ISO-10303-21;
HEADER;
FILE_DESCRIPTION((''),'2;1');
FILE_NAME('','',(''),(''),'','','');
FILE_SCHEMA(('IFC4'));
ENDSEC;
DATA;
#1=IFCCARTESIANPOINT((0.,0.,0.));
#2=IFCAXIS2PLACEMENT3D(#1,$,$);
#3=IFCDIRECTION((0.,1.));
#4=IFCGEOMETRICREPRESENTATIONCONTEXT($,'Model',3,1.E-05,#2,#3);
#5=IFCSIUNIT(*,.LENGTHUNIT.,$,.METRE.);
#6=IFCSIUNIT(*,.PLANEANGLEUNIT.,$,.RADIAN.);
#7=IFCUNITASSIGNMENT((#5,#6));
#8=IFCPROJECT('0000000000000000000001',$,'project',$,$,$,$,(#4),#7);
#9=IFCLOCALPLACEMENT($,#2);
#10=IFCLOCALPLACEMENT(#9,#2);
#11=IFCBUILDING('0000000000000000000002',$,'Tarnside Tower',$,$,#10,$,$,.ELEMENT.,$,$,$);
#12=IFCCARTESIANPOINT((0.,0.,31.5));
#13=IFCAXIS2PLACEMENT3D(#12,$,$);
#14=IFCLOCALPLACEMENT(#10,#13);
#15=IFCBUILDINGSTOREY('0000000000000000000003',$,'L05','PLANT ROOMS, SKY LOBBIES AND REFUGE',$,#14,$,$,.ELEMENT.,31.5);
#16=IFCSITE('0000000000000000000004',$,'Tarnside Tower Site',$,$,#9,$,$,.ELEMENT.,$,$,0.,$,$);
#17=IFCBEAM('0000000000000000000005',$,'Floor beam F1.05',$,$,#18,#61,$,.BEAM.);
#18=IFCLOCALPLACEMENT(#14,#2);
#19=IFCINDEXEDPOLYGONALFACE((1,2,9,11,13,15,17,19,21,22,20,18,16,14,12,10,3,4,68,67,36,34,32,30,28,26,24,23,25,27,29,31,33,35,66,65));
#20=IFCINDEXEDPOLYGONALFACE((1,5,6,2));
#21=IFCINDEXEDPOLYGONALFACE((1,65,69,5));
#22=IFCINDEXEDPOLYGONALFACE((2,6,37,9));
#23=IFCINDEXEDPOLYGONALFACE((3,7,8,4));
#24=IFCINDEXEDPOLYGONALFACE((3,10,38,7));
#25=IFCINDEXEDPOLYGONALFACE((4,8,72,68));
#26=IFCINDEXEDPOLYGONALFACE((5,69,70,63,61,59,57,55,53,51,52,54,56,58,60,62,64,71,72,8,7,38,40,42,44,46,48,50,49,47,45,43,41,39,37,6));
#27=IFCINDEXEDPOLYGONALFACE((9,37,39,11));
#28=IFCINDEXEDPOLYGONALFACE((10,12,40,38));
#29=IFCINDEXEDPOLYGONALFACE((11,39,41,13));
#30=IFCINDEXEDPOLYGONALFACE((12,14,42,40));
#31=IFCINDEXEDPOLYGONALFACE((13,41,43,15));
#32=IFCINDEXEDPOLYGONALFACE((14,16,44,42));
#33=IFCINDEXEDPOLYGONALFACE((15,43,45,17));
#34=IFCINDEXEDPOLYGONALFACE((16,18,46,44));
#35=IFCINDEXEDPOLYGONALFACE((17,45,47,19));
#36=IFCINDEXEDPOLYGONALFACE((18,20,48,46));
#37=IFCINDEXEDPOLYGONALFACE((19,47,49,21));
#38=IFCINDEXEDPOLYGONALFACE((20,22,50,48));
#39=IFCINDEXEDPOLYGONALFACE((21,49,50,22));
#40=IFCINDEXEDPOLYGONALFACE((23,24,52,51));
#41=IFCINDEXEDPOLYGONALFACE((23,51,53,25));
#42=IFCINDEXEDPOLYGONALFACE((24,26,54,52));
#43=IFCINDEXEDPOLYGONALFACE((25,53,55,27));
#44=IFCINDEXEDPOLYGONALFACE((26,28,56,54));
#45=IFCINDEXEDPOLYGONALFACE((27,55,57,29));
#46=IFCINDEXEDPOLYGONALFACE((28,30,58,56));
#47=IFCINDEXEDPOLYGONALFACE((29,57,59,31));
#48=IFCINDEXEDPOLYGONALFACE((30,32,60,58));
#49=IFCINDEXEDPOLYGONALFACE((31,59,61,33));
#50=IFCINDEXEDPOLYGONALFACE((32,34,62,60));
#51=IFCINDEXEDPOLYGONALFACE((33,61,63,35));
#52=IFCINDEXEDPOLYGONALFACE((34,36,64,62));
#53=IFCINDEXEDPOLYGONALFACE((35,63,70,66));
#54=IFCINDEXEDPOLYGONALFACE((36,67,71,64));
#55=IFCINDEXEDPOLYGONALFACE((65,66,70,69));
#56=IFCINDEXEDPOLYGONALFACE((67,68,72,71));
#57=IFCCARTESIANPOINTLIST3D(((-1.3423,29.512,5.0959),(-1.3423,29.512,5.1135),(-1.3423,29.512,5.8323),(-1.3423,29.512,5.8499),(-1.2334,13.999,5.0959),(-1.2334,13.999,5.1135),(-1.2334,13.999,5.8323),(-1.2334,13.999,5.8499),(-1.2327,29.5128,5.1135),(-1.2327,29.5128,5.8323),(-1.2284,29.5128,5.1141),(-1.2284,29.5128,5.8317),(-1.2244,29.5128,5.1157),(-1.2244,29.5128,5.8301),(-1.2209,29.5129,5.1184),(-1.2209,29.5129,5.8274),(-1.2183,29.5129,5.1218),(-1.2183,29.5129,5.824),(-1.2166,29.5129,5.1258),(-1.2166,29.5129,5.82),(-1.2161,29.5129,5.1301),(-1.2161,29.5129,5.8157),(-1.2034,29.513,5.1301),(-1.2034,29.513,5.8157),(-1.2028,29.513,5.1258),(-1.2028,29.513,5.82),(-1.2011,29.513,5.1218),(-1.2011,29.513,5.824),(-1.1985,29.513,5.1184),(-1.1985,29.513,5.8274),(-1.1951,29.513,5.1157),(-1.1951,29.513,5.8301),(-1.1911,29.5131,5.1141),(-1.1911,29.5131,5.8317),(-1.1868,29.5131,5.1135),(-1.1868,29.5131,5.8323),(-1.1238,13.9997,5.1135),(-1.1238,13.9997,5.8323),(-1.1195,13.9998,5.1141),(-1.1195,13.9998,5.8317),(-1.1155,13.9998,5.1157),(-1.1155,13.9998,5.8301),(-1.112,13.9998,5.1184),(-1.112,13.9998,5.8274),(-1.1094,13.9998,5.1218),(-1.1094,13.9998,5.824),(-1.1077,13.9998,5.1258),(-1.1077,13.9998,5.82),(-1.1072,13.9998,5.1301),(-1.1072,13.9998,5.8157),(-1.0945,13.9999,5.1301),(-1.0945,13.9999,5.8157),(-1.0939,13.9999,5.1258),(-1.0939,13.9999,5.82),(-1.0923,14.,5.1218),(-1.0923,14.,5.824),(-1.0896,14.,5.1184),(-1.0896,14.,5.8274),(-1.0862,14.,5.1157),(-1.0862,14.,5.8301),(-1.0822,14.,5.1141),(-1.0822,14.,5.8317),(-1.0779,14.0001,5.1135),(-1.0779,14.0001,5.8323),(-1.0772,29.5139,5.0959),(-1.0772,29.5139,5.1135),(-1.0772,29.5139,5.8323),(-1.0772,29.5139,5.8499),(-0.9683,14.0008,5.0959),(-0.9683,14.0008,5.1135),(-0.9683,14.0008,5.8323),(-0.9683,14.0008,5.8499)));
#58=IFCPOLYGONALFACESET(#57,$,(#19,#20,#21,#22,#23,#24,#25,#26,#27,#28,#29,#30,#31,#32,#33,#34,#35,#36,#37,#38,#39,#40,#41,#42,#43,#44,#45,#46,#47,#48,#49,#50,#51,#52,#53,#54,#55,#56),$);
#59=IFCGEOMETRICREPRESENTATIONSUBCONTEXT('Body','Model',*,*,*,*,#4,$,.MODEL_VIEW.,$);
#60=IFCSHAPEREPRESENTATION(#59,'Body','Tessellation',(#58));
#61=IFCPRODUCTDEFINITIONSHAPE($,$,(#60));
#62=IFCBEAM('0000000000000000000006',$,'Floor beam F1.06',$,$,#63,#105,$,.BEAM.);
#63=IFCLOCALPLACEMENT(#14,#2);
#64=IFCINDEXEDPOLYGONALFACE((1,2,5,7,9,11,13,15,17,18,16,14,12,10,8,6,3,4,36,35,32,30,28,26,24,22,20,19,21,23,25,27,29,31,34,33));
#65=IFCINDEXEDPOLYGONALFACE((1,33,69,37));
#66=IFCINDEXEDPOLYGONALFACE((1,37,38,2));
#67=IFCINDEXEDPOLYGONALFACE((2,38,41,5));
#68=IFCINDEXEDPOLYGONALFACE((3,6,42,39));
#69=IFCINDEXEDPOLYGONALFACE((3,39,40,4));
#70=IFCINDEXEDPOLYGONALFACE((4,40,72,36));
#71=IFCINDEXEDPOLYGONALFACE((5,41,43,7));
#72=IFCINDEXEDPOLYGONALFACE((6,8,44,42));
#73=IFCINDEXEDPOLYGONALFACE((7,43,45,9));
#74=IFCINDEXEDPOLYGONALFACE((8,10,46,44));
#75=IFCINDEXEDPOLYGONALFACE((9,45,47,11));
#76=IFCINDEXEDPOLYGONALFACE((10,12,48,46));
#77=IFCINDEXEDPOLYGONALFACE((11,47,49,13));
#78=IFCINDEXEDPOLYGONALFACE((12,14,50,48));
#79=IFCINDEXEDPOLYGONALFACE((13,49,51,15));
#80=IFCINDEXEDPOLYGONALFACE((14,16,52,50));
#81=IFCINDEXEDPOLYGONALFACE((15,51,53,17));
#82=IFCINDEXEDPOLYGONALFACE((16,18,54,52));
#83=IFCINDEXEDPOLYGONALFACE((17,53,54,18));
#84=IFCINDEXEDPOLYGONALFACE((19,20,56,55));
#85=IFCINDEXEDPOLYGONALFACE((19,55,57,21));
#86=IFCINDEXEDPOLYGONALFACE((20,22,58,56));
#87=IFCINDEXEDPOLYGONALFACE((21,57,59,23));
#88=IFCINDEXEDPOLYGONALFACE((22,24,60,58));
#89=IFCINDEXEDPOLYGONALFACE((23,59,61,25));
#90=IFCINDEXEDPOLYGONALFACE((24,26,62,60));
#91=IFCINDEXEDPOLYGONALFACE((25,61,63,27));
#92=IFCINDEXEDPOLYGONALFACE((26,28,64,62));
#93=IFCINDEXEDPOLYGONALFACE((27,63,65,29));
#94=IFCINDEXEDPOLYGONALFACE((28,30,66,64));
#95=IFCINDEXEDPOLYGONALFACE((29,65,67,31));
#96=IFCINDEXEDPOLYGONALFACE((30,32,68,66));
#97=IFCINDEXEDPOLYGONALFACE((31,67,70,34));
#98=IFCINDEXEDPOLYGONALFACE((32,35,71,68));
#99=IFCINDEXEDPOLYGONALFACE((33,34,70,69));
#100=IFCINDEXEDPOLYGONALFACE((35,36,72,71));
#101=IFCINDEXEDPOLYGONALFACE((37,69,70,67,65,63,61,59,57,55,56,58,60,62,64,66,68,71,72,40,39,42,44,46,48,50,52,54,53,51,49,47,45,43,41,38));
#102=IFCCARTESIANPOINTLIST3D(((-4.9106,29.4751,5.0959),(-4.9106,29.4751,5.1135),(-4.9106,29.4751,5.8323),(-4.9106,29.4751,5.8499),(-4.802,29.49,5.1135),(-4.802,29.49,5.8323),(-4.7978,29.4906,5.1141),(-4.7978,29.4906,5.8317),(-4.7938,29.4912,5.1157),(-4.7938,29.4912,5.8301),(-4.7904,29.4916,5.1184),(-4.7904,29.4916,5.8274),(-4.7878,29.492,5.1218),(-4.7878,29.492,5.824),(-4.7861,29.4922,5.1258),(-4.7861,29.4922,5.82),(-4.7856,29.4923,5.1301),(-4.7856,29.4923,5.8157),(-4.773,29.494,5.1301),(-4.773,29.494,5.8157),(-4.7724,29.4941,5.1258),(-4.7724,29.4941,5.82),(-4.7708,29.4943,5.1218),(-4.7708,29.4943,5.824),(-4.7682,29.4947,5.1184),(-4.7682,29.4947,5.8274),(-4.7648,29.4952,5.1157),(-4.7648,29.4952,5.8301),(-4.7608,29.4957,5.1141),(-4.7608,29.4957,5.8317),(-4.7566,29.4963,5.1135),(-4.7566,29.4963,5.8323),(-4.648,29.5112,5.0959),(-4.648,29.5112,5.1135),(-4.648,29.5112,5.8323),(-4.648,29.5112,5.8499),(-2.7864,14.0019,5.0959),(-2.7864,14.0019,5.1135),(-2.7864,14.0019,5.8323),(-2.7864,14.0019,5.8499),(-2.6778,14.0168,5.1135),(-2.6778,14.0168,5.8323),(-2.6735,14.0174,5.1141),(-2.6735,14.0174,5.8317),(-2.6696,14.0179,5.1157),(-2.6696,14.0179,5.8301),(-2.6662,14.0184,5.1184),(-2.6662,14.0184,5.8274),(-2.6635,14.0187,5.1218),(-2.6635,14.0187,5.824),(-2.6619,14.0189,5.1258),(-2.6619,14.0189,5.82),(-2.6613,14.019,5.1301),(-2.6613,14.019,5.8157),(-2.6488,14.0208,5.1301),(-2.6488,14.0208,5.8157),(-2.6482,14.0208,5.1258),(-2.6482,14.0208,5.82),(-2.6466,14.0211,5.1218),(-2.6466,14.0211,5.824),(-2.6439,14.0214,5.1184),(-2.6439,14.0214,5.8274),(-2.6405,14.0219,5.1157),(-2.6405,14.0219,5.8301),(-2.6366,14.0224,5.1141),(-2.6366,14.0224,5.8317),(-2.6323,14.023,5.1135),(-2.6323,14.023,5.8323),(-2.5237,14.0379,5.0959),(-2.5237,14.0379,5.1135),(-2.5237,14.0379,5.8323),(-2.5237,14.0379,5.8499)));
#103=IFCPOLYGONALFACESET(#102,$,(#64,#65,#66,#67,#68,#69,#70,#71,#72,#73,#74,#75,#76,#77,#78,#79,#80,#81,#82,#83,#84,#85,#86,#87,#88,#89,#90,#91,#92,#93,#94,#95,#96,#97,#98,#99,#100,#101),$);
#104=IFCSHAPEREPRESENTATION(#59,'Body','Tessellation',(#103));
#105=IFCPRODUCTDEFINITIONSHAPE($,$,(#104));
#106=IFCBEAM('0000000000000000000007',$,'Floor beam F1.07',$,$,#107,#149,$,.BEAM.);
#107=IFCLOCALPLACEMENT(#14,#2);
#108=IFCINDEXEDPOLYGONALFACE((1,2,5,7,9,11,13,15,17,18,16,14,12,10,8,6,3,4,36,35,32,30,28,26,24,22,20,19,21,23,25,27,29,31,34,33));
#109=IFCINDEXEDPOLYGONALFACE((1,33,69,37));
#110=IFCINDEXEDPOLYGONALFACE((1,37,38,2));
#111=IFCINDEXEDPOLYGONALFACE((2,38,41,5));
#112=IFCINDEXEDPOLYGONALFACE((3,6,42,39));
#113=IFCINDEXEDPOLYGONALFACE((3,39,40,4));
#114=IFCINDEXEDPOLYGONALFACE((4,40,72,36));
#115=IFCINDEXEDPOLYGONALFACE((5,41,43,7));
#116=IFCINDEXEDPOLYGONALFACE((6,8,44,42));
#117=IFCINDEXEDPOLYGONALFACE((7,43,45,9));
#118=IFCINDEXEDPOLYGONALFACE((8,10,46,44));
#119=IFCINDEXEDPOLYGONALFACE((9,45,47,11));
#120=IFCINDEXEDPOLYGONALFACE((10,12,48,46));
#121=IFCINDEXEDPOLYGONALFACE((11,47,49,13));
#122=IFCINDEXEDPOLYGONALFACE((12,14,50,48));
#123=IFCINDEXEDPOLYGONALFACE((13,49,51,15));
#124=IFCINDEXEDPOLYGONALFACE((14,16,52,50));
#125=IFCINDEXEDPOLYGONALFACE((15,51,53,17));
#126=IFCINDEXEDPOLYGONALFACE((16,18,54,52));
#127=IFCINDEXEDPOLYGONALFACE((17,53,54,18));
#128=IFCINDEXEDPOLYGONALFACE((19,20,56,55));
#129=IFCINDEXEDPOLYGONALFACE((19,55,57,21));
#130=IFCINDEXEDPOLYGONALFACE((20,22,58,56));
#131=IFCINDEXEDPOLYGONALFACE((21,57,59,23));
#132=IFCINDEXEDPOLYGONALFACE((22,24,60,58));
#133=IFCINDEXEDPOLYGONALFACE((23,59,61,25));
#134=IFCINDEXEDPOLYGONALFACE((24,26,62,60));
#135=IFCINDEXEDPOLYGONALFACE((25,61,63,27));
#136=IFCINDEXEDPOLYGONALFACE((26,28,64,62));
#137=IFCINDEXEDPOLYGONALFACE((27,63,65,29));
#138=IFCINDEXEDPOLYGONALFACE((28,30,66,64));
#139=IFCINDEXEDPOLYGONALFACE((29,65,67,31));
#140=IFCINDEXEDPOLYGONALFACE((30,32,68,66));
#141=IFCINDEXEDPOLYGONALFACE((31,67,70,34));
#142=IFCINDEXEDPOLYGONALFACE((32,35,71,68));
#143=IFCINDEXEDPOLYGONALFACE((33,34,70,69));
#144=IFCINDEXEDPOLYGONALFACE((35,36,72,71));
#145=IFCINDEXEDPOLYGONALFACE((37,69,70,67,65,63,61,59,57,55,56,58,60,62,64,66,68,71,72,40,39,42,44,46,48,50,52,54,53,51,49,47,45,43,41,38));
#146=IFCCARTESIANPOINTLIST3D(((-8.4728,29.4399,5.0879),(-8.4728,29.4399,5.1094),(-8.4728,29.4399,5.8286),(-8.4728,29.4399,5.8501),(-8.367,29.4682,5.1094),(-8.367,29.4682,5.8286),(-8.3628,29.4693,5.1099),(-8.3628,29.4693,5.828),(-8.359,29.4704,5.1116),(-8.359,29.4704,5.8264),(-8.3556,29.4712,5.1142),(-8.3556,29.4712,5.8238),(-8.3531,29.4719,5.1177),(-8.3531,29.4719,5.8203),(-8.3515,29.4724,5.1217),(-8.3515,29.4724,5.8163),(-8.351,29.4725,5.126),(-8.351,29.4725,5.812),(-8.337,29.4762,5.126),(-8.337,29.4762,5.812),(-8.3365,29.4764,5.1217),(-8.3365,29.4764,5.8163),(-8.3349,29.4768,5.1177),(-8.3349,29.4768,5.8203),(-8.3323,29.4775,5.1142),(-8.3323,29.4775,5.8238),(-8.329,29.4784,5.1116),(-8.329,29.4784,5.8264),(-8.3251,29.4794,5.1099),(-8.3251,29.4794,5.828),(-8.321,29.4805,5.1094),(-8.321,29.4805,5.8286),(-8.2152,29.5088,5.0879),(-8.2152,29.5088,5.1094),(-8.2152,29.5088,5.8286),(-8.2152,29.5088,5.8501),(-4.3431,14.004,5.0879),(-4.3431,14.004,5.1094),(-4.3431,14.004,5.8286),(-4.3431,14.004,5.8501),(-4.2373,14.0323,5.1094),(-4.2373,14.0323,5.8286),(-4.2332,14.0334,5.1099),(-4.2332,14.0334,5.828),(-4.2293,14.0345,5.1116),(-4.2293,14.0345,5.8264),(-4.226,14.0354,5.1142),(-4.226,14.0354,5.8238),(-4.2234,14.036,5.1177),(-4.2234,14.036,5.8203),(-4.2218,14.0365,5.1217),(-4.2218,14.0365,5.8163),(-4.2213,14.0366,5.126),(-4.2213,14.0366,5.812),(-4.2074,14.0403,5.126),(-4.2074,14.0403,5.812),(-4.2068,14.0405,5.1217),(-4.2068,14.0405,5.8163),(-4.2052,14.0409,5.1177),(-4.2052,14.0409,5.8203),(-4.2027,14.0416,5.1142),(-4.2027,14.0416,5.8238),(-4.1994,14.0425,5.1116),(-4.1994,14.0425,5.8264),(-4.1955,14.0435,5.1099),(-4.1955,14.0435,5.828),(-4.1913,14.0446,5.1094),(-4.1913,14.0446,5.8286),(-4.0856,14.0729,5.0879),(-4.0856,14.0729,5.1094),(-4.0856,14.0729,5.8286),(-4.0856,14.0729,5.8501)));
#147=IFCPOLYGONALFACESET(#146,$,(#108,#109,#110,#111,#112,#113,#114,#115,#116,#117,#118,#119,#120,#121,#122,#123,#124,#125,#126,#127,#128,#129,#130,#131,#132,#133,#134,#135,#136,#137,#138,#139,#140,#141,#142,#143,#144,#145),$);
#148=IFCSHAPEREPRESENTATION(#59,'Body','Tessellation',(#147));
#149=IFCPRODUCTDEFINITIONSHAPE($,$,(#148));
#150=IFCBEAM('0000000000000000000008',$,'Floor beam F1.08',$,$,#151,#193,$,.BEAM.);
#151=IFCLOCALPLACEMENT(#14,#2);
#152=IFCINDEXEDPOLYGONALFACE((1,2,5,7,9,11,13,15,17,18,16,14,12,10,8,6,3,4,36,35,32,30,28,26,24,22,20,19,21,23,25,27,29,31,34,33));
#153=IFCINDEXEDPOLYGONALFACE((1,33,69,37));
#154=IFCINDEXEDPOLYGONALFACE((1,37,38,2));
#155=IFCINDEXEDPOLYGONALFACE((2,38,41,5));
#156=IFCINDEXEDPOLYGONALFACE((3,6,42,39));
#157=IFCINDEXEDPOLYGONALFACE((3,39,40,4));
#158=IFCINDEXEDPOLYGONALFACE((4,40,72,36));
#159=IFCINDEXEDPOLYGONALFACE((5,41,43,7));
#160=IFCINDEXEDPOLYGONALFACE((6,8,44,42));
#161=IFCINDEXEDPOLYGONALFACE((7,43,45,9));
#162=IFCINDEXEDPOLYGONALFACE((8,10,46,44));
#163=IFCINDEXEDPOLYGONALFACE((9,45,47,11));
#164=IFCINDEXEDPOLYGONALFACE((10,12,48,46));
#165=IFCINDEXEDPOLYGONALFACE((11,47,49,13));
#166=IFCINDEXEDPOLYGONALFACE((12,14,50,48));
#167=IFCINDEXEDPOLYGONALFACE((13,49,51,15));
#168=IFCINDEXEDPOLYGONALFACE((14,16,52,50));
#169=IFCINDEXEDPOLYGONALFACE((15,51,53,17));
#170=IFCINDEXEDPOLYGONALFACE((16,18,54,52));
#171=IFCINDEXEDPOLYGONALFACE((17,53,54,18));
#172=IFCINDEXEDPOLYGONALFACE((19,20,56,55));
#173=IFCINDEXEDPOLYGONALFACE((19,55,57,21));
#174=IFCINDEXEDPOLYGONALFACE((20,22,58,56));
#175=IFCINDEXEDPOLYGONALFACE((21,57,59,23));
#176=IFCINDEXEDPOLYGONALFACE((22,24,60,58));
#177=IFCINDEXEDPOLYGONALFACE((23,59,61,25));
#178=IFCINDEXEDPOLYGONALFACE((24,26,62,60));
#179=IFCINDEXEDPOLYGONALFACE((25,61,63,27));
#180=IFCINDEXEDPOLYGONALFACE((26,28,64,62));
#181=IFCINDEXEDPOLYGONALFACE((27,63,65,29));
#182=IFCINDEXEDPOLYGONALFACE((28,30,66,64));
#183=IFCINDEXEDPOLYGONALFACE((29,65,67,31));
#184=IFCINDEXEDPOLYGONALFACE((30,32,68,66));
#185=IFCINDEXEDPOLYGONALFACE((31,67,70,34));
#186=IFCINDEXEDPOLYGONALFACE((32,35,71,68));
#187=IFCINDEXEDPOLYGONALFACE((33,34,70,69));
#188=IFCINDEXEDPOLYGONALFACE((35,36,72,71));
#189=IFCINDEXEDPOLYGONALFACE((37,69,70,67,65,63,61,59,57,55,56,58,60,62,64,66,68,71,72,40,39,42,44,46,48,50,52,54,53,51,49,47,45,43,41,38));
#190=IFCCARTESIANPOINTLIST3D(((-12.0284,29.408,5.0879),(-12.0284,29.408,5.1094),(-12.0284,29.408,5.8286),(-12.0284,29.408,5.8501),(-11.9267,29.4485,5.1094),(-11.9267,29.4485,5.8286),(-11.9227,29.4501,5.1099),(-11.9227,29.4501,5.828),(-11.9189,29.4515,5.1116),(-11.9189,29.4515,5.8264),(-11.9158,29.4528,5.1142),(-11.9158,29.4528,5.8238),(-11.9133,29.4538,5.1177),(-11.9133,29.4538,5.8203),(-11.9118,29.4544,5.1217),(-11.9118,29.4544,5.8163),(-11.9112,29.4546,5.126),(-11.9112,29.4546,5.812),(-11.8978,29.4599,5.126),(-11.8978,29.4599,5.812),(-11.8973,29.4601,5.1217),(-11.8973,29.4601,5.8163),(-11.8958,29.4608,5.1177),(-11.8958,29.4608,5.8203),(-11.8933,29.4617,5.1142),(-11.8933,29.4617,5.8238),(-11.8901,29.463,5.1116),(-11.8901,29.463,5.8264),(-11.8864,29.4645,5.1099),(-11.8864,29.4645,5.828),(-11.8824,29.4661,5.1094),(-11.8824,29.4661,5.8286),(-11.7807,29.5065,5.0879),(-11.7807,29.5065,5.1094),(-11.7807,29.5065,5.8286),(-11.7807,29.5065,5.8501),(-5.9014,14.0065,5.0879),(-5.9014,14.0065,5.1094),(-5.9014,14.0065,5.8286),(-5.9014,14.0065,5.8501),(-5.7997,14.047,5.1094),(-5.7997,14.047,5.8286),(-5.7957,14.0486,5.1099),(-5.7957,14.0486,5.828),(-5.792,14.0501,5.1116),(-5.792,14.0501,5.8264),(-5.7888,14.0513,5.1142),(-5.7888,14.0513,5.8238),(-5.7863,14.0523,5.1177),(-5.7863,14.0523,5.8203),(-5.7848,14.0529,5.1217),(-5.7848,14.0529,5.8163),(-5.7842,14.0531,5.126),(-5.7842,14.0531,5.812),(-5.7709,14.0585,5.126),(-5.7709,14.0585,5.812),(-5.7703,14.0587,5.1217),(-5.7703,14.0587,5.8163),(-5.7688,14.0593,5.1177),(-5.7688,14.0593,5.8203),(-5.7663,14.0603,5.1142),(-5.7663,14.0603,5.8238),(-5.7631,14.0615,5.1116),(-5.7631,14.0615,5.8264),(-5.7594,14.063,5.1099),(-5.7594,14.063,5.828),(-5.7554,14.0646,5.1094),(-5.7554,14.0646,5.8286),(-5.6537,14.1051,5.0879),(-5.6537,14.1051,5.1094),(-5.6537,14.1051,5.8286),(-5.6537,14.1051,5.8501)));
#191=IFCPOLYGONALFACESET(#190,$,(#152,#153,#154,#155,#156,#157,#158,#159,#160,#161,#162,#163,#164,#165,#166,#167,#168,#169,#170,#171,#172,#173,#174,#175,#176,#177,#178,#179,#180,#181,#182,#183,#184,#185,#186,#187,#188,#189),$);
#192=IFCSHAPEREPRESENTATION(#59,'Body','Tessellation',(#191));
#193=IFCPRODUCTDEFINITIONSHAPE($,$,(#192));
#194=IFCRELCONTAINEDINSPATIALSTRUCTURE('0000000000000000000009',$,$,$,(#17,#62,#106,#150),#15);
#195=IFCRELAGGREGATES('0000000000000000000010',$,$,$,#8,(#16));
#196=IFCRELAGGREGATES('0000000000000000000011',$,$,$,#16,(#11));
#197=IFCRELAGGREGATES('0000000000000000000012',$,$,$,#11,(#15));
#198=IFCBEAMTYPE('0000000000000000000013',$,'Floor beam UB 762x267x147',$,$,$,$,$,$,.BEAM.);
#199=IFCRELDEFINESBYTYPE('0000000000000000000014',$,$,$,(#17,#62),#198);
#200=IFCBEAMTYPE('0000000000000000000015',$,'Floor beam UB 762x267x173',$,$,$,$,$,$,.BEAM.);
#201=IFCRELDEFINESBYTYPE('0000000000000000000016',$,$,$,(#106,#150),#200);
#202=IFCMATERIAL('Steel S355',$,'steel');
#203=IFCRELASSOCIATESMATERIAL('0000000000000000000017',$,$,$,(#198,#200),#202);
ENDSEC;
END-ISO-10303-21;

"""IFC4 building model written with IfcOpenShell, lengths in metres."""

from ifc_helpers import new_model, si_unit, direction, frame, origin, origin_2d, place, context, subcontext, project, spatial, i_section, extrude, material, material_profile, profile_set, type_object, element, save


model = new_model("IFC4")

# Units and contexts
model_context = context("Model", 3, precision=1e-05, world=origin(), true_north=direction((0.0, 1.0)))
body_context = subcontext(model_context, "Body", "Model", "MODEL_VIEW")
ifc_project = project(units=[si_unit("LENGTHUNIT", "METRE"), si_unit("PLANEANGLEUNIT", "RADIAN")], contexts=[model_context])

# Site, building, storey
site_placement = place(None, origin())
site = spatial("IfcSite", under=ifc_project, at=site_placement, Name="Tarnside Tower Site", CompositionType="ELEMENT", RefElevation=0.0)
building_placement = place(site_placement, origin())
building = spatial("IfcBuilding", under=site, at=building_placement, Name="Tarnside Tower", CompositionType="ELEMENT")
storey_placement = place(building_placement, frame((0.0, 0.0, 31.5)))
storey = spatial("IfcBuildingStorey", under=building, at=storey_placement, Name="L05", Description="PLANT ROOMS, SKY LOBBIES AND REFUGE", CompositionType="ELEMENT", Elevation=31.5)

# Beams
ifc_material_1 = material(Name="Steel S355", Category="steel")
ifc_material_profile_1 = material_profile(ifc_material_1, i_section(OverallWidth=0.2651, OverallDepth=0.7539, WebThickness=0.0127, FlangeThickness=0.0176, FilletRadius=0.0166, at=origin_2d()), Name="UB 762x267x147")
ifc_profile_set_1 = profile_set([ifc_material_profile_1], Name="Steel S355")
beam_type_1 = type_object("IfcBeamType", Name="Floor beam UB 762x267x147", PredefinedType="BEAM", material=ifc_profile_set_1)
beam_1_placement = place(storey_placement, frame((-1.2097, 29.5129, 5.4729), z_axis=(0.007019, -0.999975, 0.0), x_axis=(0.999975, 0.007019, 0.0)))
element("IfcBeam", 1, at=beam_1_placement, inside=storey, type_object=beam_type_1, Name="Floor beam F1.05", PredefinedType="BEAM", context=body_context, shape_type="SweptSolid", body=[
    extrude(i_section(OverallWidth=0.2651, OverallDepth=0.7539, WebThickness=0.0127, FlangeThickness=0.0176, FilletRadius=0.0166, at=origin_2d()), origin(), (0.0, 0.0, 1.0), 15.5134),
])
beam_2_placement = place(storey_placement, frame((-4.7793, 29.4932, 5.4729), z_axis=(0.13601, -0.990708, 0.0), x_axis=(0.990708, 0.13601, 0.0)))
element("IfcBeam", 2, at=beam_2_placement, inside=storey, type_object=beam_type_1, Name="Floor beam F1.06", PredefinedType="BEAM", context=body_context, shape_type="SweptSolid", body=[
    extrude(i_section(OverallWidth=0.2651, OverallDepth=0.7539, WebThickness=0.0127, FlangeThickness=0.0176, FilletRadius=0.0166, at=origin_2d()), origin(), (0.0, 0.0, 1.0), 15.6184),
])
ifc_material_profile_2 = material_profile(ifc_material_1, i_section(OverallWidth=0.2666, OverallDepth=0.7622, WebThickness=0.0144, FlangeThickness=0.0215, FilletRadius=0.0166, at=origin_2d()), Name="UB 762x267x173")
ifc_profile_set_2 = profile_set([ifc_material_profile_2], Name="Steel S355")
beam_type_2 = type_object("IfcBeamType", Name="Floor beam UB 762x267x173", PredefinedType="BEAM", material=ifc_profile_set_2)
beam_3_placement = place(storey_placement, frame((-8.344, 29.4744, 5.469), z_axis=(0.258447, -0.966025, 0.0), x_axis=(0.966025, 0.258447, 0.0)))
element("IfcBeam", 3, at=beam_3_placement, inside=storey, type_object=beam_type_2, Name="Floor beam F1.07", PredefinedType="BEAM", context=body_context, shape_type="SweptSolid", body=[
    extrude(i_section(OverallWidth=0.2666, OverallDepth=0.7622, WebThickness=0.0144, FlangeThickness=0.0215, FilletRadius=0.0166, at=origin_2d()), origin(), (0.0, 0.0, 1.0), 15.9788),
])
beam_4_placement = place(storey_placement, frame((-11.9045, 29.4573, 5.469), z_axis=(0.369643, -0.929174, 0.0), x_axis=(0.929174, 0.369643, 0.0)))
element("IfcBeam", 4, at=beam_4_placement, inside=storey, type_object=beam_type_2, Name="Floor beam F1.08", PredefinedType="BEAM", context=body_context, shape_type="SweptSolid", body=[
    extrude(i_section(OverallWidth=0.2666, OverallDepth=0.7622, WebThickness=0.0144, FlangeThickness=0.0215, FilletRadius=0.0166, at=origin_2d()), origin(), (0.0, 0.0, 1.0), 16.5754),
])

save(model, "model.ifc")
